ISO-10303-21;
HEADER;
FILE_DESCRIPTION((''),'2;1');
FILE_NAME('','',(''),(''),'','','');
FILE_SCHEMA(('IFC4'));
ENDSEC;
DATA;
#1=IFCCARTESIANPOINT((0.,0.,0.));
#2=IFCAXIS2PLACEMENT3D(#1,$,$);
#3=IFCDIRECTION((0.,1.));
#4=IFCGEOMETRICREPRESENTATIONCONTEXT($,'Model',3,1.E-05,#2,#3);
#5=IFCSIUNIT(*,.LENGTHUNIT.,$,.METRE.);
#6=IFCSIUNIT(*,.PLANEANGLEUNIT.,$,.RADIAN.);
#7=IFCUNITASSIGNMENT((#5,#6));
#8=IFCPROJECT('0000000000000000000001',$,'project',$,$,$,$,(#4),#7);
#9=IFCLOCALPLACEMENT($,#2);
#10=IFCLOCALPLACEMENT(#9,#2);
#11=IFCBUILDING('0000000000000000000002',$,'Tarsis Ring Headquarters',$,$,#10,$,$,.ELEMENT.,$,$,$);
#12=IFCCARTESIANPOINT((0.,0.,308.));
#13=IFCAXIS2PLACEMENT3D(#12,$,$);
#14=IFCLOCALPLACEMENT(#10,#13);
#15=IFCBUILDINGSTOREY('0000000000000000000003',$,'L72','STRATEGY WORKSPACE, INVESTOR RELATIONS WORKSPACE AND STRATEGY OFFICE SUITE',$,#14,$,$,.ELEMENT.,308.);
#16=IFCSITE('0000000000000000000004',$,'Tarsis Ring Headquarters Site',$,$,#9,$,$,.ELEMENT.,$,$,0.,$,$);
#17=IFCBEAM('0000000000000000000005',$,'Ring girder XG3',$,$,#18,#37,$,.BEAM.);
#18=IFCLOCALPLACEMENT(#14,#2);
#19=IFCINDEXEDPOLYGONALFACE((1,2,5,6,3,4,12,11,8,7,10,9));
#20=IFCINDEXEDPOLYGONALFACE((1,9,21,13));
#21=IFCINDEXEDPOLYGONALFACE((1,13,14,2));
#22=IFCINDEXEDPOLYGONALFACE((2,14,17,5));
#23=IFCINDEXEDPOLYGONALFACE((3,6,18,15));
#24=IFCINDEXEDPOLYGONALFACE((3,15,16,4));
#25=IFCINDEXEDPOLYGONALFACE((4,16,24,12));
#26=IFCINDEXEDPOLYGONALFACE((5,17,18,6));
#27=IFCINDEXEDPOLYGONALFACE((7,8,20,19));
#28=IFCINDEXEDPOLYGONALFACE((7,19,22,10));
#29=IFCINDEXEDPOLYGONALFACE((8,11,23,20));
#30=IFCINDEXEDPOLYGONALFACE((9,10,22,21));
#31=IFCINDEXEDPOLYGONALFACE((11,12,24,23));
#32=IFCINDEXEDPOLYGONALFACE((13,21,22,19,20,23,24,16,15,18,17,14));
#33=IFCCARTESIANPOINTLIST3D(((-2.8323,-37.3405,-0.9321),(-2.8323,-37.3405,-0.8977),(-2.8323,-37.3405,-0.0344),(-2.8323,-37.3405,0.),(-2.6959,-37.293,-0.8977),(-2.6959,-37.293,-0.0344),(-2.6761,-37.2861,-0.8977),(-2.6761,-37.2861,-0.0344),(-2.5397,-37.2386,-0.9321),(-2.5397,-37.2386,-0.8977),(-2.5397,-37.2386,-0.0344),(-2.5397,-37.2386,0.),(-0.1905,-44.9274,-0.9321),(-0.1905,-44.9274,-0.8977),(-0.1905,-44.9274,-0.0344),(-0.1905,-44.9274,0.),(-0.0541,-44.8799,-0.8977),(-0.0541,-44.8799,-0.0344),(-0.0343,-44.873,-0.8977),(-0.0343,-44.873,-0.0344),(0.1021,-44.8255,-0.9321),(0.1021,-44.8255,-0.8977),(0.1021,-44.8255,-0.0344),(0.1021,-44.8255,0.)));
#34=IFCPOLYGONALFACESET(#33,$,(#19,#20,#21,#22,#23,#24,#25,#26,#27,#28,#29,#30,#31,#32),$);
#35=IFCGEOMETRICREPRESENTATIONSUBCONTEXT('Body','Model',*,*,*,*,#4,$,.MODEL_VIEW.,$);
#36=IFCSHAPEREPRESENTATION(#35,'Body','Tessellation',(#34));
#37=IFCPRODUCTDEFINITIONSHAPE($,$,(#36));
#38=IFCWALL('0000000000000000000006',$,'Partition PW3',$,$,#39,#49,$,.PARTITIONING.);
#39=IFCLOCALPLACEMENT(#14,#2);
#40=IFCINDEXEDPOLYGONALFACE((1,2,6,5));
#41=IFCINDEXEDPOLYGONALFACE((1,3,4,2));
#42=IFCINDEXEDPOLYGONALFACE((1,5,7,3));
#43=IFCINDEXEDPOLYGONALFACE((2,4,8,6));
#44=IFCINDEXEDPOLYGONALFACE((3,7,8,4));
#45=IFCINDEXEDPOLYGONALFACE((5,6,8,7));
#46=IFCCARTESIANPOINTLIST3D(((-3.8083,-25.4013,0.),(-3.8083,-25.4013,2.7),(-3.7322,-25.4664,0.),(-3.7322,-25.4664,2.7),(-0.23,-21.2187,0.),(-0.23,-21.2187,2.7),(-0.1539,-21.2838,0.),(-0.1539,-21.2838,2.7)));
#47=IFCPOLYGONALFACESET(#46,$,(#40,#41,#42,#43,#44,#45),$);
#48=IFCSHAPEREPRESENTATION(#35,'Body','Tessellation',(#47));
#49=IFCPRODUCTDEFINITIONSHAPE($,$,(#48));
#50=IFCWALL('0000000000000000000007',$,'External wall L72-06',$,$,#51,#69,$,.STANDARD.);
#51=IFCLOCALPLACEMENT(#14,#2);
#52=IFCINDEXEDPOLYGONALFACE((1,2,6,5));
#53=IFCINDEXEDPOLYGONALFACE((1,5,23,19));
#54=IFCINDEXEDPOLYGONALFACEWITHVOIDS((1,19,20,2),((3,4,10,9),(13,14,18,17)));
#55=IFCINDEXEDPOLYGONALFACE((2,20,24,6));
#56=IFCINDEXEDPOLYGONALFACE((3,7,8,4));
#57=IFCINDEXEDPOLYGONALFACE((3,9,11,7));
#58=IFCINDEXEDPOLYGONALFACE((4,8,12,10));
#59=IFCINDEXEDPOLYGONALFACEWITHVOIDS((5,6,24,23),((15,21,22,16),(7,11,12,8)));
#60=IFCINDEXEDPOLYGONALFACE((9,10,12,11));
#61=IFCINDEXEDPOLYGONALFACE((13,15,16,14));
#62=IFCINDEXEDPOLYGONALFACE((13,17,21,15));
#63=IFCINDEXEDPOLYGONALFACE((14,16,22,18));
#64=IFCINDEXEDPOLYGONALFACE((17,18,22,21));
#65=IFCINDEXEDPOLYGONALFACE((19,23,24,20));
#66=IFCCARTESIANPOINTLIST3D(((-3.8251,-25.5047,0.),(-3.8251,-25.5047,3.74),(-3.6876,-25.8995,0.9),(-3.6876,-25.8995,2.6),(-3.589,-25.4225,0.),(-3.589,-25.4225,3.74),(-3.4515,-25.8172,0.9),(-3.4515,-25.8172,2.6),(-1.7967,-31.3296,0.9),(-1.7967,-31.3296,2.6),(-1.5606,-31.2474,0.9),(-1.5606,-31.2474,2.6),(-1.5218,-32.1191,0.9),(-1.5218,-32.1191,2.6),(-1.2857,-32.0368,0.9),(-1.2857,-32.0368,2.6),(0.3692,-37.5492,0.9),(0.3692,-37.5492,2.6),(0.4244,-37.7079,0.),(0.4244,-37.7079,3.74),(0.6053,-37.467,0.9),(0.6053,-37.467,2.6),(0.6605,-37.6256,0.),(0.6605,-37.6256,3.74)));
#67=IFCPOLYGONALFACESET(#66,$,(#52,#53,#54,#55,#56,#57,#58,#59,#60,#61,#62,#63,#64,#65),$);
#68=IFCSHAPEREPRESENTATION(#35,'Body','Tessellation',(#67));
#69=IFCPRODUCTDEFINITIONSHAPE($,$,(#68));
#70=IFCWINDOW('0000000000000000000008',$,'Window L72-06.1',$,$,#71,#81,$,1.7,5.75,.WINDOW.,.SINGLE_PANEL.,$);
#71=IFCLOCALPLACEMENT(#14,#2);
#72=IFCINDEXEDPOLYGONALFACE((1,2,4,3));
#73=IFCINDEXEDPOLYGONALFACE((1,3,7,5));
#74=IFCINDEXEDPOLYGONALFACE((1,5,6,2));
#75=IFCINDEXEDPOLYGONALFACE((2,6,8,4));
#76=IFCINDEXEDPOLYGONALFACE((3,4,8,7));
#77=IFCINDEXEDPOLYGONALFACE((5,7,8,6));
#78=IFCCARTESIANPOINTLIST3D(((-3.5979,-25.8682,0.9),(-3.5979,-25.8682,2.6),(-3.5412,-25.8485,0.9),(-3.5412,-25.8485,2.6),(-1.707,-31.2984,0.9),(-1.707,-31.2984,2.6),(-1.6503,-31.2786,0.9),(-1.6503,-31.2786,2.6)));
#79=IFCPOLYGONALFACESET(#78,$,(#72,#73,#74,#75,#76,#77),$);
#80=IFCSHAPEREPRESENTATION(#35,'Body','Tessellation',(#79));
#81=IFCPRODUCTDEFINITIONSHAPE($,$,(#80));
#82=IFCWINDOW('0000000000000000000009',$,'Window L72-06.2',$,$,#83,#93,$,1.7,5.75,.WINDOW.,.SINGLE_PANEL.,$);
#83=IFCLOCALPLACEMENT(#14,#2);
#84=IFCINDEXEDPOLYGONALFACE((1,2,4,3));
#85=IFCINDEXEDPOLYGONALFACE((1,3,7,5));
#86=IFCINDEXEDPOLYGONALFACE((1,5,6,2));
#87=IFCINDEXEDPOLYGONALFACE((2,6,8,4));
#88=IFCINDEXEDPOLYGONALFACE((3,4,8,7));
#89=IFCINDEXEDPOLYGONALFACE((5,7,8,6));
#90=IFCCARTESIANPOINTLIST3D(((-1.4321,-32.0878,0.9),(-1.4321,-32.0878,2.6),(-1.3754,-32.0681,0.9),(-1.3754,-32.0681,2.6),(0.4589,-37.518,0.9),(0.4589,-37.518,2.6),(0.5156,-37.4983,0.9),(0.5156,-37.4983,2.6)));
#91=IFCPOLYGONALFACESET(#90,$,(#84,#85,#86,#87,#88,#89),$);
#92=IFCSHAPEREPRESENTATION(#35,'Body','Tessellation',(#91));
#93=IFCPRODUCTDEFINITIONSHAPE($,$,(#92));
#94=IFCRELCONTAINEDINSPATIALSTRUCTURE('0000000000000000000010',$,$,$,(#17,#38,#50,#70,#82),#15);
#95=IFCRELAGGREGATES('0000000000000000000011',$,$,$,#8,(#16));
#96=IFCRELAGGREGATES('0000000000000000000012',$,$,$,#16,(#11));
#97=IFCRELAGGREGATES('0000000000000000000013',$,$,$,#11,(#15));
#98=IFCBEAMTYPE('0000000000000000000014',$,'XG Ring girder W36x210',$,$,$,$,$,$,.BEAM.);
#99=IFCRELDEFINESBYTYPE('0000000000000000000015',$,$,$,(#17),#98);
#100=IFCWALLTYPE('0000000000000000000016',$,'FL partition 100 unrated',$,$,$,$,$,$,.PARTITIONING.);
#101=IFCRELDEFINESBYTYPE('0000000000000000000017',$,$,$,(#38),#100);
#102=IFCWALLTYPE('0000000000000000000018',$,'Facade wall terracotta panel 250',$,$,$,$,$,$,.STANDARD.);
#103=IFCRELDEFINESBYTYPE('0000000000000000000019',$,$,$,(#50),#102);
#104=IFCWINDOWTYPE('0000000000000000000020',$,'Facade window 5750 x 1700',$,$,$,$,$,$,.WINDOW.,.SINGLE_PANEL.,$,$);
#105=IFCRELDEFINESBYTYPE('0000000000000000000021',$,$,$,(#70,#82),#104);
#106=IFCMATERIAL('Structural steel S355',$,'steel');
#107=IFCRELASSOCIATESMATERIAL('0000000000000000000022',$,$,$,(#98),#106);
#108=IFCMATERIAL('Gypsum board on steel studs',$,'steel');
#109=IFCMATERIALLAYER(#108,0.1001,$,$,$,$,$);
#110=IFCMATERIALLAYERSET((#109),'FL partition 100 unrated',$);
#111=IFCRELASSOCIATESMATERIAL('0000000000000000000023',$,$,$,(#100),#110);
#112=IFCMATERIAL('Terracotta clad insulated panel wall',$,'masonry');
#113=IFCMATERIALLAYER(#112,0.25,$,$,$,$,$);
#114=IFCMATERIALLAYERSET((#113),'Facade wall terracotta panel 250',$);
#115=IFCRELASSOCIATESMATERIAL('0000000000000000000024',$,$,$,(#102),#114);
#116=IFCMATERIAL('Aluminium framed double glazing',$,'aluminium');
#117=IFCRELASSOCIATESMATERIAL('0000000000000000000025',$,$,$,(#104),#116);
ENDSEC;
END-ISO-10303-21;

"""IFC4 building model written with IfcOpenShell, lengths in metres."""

from ifc_helpers import new_model, si_unit, direction, frame, frame_2d, origin, origin_2d, place, context, subcontext, project, spatial, rectangle, i_section, extrude, material, layer, layer_set, material_profile, profile_set, type_object, element, fill, save


model = new_model("IFC4")

# Units and contexts
model_context = context("Model", 3, precision=1e-05, world=origin(), true_north=direction((0.0, 1.0)))
body_context = subcontext(model_context, "Body", "Model", "MODEL_VIEW")
ifc_project = project(units=[si_unit("LENGTHUNIT", "METRE"), si_unit("PLANEANGLEUNIT", "RADIAN")], contexts=[model_context])

# Site, building, storey
site_placement = place(None, origin())
site = spatial("IfcSite", under=ifc_project, at=site_placement, Name="Tarsis Ring Headquarters Site", CompositionType="ELEMENT", RefElevation=0.0)
building_placement = place(site_placement, origin())
building = spatial("IfcBuilding", under=site, at=building_placement, Name="Tarsis Ring Headquarters", CompositionType="ELEMENT")
storey_placement = place(building_placement, frame((0.0, 0.0, 308.0)))
storey = spatial("IfcBuildingStorey", under=building, at=storey_placement, Name="L72", Description="STRATEGY WORKSPACE, INVESTOR RELATIONS WORKSPACE AND STRATEGY OFFICE SUITE", CompositionType="ELEMENT", Elevation=308.0)

# Shared definitions
ifc_material_1 = material(Name="Structural steel S355", Category="steel")

# Beam
ifc_material_profile_1 = material_profile(ifc_material_1, i_section(OverallWidth=0.3098, OverallDepth=0.9321, WebThickness=0.021, FlangeThickness=0.0344, at=origin_2d()), Name="W36x210")
ifc_profile_set_1 = profile_set([ifc_material_profile_1], Name="Structural steel S355")
beam_type_1 = type_object("IfcBeamType", Name="XG Ring girder W36x210", PredefinedType="BEAM", material=ifc_profile_set_1)
beam_1_placement = place(storey_placement, frame((-2.686, -37.2896, -0.4661), z_axis=(0.328845, -0.944384, 0.0), x_axis=(0.944384, 0.328845, 0.0)))
element("IfcBeam", 1, at=beam_1_placement, inside=storey, type_object=beam_type_1, Name="Ring girder XG3", PredefinedType="BEAM", context=body_context, shape_type="SweptSolid", body=[
    extrude(i_section(OverallWidth=0.3098, OverallDepth=0.9321, WebThickness=0.021, FlangeThickness=0.0344, at=origin_2d()), origin(), (0.0, 0.0, 1.0), 8.0337),
])

# Wall
ifc_material_2 = material(Name="Gypsum board on steel studs", Category="steel")
ifc_layer_1 = layer(ifc_material_2, 0.1001)
ifc_layer_set_1 = layer_set([ifc_layer_1], Name="FL partition 100 unrated")
wall_type_1 = type_object("IfcWallType", Name="FL partition 100 unrated", PredefinedType="PARTITIONING", material=ifc_layer_set_1)
wall_1_placement = place(storey_placement, frame((-3.7703, -25.4338, 0.0), z_axis=(0.0, 0.0, 1.0), x_axis=(0.650086, 0.759861, 0.0)))
element("IfcWall", 2, at=wall_1_placement, inside=storey, type_object=wall_type_1, Name="Partition PW3", PredefinedType="PARTITIONING", context=body_context, shape_type="SweptSolid", body=[
    extrude(rectangle(XDim=5.5044, YDim=0.1001, at=frame_2d((2.7522, 0.0))), origin(), (0.0, 0.0, 1.0), 2.7),
])

# Wall, openings, windows
ifc_material_3 = material(Name="Terracotta clad insulated panel wall", Category="masonry")
ifc_layer_2 = layer(ifc_material_3, 0.25)
ifc_layer_set_2 = layer_set([ifc_layer_2], Name="Facade wall terracotta panel 250")
wall_type_2 = type_object("IfcWallType", Name="Facade wall terracotta panel 250", PredefinedType="STANDARD", material=ifc_layer_set_2)
wall_2_placement = place(storey_placement, frame((-3.707, -25.4636, 0.0), z_axis=(0.0, 0.0, 1.0), x_axis=(0.328862, -0.944378, 0.0)))
wall_2 = element("IfcWall", 3, at=wall_2_placement, inside=storey, type_object=wall_type_2, Name="External wall L72-06", PredefinedType="STANDARD", context=body_context, shape_type="SweptSolid", body=[
    extrude(rectangle(XDim=12.9219, YDim=0.25, at=frame_2d((6.4609, 0.0))), origin(), (0.0, 0.0, 1.0), 3.74),
])
opening_1_placement = place(wall_2_placement, frame((0.418, 0.0, 0.8999)))
opening_1 = element("IfcOpeningElement", 4, at=opening_1_placement, cuts=wall_2, PredefinedType="OPENING", context=body_context, shape_type="SweptSolid", body=[
    extrude(rectangle(XDim=5.75, YDim=1.7, at=frame_2d((2.875, 0.8501))), frame((0.0, 0.135, 0.0), z_axis=(0.0, -1.0, 0.0), x_axis=(1.0, 0.0, 0.0)), (0.0, 0.0, 1.0), 0.27),
])
opening_2_placement = place(wall_2_placement, frame((7.0039, 0.0, 0.8999)))
opening_2 = element("IfcOpeningElement", 5, at=opening_2_placement, cuts=wall_2, PredefinedType="OPENING", context=body_context, shape_type="SweptSolid", body=[
    extrude(rectangle(XDim=5.75, YDim=1.7, at=frame_2d((2.875, 0.8501))), frame((0.0, 0.135, 0.0), z_axis=(0.0, -1.0, 0.0), x_axis=(1.0, 0.0, 0.0)), (0.0, 0.0, 1.0), 0.27),
])
ifc_material_4 = material(Name="Aluminium framed double glazing", Category="aluminium")
window_type = type_object("IfcWindowType", Name="Facade window 5750 x 1700", PartitioningType="SINGLE_PANEL", PredefinedType="WINDOW", material=ifc_material_4)
window_1_placement = place(opening_1_placement, origin())
window_1 = element("IfcWindow", 6, at=window_1_placement, inside=storey, type_object=window_type, Name="Window L72-06.1", OverallHeight=1.7, OverallWidth=5.75, PartitioningType="SINGLE_PANEL", PredefinedType="WINDOW", context=body_context, shape_type="SweptSolid", body=[
    extrude(rectangle(XDim=5.75, YDim=1.7, at=frame_2d((2.875, 0.8501))), frame((0.0, 0.03, 0.0), z_axis=(0.0, -1.0, 0.0), x_axis=(1.0, 0.0, 0.0)), (0.0, 0.0, 1.0), 0.0601),
])
fill(opening_1, window_1)
window_2_placement = place(opening_2_placement, origin())
window_2 = element("IfcWindow", 7, at=window_2_placement, inside=storey, type_object=window_type, Name="Window L72-06.2", OverallHeight=1.7, OverallWidth=5.75, PartitioningType="SINGLE_PANEL", PredefinedType="WINDOW", context=body_context, shape_type="SweptSolid", body=[
    extrude(rectangle(XDim=5.75, YDim=1.7, at=frame_2d((2.875, 0.8501))), frame((0.0, 0.03, 0.0), z_axis=(0.0, -1.0, 0.0), x_axis=(1.0, 0.0, 0.0)), (0.0, 0.0, 1.0), 0.0601),
])
fill(opening_2, window_2)

save(model, "model.ifc")
